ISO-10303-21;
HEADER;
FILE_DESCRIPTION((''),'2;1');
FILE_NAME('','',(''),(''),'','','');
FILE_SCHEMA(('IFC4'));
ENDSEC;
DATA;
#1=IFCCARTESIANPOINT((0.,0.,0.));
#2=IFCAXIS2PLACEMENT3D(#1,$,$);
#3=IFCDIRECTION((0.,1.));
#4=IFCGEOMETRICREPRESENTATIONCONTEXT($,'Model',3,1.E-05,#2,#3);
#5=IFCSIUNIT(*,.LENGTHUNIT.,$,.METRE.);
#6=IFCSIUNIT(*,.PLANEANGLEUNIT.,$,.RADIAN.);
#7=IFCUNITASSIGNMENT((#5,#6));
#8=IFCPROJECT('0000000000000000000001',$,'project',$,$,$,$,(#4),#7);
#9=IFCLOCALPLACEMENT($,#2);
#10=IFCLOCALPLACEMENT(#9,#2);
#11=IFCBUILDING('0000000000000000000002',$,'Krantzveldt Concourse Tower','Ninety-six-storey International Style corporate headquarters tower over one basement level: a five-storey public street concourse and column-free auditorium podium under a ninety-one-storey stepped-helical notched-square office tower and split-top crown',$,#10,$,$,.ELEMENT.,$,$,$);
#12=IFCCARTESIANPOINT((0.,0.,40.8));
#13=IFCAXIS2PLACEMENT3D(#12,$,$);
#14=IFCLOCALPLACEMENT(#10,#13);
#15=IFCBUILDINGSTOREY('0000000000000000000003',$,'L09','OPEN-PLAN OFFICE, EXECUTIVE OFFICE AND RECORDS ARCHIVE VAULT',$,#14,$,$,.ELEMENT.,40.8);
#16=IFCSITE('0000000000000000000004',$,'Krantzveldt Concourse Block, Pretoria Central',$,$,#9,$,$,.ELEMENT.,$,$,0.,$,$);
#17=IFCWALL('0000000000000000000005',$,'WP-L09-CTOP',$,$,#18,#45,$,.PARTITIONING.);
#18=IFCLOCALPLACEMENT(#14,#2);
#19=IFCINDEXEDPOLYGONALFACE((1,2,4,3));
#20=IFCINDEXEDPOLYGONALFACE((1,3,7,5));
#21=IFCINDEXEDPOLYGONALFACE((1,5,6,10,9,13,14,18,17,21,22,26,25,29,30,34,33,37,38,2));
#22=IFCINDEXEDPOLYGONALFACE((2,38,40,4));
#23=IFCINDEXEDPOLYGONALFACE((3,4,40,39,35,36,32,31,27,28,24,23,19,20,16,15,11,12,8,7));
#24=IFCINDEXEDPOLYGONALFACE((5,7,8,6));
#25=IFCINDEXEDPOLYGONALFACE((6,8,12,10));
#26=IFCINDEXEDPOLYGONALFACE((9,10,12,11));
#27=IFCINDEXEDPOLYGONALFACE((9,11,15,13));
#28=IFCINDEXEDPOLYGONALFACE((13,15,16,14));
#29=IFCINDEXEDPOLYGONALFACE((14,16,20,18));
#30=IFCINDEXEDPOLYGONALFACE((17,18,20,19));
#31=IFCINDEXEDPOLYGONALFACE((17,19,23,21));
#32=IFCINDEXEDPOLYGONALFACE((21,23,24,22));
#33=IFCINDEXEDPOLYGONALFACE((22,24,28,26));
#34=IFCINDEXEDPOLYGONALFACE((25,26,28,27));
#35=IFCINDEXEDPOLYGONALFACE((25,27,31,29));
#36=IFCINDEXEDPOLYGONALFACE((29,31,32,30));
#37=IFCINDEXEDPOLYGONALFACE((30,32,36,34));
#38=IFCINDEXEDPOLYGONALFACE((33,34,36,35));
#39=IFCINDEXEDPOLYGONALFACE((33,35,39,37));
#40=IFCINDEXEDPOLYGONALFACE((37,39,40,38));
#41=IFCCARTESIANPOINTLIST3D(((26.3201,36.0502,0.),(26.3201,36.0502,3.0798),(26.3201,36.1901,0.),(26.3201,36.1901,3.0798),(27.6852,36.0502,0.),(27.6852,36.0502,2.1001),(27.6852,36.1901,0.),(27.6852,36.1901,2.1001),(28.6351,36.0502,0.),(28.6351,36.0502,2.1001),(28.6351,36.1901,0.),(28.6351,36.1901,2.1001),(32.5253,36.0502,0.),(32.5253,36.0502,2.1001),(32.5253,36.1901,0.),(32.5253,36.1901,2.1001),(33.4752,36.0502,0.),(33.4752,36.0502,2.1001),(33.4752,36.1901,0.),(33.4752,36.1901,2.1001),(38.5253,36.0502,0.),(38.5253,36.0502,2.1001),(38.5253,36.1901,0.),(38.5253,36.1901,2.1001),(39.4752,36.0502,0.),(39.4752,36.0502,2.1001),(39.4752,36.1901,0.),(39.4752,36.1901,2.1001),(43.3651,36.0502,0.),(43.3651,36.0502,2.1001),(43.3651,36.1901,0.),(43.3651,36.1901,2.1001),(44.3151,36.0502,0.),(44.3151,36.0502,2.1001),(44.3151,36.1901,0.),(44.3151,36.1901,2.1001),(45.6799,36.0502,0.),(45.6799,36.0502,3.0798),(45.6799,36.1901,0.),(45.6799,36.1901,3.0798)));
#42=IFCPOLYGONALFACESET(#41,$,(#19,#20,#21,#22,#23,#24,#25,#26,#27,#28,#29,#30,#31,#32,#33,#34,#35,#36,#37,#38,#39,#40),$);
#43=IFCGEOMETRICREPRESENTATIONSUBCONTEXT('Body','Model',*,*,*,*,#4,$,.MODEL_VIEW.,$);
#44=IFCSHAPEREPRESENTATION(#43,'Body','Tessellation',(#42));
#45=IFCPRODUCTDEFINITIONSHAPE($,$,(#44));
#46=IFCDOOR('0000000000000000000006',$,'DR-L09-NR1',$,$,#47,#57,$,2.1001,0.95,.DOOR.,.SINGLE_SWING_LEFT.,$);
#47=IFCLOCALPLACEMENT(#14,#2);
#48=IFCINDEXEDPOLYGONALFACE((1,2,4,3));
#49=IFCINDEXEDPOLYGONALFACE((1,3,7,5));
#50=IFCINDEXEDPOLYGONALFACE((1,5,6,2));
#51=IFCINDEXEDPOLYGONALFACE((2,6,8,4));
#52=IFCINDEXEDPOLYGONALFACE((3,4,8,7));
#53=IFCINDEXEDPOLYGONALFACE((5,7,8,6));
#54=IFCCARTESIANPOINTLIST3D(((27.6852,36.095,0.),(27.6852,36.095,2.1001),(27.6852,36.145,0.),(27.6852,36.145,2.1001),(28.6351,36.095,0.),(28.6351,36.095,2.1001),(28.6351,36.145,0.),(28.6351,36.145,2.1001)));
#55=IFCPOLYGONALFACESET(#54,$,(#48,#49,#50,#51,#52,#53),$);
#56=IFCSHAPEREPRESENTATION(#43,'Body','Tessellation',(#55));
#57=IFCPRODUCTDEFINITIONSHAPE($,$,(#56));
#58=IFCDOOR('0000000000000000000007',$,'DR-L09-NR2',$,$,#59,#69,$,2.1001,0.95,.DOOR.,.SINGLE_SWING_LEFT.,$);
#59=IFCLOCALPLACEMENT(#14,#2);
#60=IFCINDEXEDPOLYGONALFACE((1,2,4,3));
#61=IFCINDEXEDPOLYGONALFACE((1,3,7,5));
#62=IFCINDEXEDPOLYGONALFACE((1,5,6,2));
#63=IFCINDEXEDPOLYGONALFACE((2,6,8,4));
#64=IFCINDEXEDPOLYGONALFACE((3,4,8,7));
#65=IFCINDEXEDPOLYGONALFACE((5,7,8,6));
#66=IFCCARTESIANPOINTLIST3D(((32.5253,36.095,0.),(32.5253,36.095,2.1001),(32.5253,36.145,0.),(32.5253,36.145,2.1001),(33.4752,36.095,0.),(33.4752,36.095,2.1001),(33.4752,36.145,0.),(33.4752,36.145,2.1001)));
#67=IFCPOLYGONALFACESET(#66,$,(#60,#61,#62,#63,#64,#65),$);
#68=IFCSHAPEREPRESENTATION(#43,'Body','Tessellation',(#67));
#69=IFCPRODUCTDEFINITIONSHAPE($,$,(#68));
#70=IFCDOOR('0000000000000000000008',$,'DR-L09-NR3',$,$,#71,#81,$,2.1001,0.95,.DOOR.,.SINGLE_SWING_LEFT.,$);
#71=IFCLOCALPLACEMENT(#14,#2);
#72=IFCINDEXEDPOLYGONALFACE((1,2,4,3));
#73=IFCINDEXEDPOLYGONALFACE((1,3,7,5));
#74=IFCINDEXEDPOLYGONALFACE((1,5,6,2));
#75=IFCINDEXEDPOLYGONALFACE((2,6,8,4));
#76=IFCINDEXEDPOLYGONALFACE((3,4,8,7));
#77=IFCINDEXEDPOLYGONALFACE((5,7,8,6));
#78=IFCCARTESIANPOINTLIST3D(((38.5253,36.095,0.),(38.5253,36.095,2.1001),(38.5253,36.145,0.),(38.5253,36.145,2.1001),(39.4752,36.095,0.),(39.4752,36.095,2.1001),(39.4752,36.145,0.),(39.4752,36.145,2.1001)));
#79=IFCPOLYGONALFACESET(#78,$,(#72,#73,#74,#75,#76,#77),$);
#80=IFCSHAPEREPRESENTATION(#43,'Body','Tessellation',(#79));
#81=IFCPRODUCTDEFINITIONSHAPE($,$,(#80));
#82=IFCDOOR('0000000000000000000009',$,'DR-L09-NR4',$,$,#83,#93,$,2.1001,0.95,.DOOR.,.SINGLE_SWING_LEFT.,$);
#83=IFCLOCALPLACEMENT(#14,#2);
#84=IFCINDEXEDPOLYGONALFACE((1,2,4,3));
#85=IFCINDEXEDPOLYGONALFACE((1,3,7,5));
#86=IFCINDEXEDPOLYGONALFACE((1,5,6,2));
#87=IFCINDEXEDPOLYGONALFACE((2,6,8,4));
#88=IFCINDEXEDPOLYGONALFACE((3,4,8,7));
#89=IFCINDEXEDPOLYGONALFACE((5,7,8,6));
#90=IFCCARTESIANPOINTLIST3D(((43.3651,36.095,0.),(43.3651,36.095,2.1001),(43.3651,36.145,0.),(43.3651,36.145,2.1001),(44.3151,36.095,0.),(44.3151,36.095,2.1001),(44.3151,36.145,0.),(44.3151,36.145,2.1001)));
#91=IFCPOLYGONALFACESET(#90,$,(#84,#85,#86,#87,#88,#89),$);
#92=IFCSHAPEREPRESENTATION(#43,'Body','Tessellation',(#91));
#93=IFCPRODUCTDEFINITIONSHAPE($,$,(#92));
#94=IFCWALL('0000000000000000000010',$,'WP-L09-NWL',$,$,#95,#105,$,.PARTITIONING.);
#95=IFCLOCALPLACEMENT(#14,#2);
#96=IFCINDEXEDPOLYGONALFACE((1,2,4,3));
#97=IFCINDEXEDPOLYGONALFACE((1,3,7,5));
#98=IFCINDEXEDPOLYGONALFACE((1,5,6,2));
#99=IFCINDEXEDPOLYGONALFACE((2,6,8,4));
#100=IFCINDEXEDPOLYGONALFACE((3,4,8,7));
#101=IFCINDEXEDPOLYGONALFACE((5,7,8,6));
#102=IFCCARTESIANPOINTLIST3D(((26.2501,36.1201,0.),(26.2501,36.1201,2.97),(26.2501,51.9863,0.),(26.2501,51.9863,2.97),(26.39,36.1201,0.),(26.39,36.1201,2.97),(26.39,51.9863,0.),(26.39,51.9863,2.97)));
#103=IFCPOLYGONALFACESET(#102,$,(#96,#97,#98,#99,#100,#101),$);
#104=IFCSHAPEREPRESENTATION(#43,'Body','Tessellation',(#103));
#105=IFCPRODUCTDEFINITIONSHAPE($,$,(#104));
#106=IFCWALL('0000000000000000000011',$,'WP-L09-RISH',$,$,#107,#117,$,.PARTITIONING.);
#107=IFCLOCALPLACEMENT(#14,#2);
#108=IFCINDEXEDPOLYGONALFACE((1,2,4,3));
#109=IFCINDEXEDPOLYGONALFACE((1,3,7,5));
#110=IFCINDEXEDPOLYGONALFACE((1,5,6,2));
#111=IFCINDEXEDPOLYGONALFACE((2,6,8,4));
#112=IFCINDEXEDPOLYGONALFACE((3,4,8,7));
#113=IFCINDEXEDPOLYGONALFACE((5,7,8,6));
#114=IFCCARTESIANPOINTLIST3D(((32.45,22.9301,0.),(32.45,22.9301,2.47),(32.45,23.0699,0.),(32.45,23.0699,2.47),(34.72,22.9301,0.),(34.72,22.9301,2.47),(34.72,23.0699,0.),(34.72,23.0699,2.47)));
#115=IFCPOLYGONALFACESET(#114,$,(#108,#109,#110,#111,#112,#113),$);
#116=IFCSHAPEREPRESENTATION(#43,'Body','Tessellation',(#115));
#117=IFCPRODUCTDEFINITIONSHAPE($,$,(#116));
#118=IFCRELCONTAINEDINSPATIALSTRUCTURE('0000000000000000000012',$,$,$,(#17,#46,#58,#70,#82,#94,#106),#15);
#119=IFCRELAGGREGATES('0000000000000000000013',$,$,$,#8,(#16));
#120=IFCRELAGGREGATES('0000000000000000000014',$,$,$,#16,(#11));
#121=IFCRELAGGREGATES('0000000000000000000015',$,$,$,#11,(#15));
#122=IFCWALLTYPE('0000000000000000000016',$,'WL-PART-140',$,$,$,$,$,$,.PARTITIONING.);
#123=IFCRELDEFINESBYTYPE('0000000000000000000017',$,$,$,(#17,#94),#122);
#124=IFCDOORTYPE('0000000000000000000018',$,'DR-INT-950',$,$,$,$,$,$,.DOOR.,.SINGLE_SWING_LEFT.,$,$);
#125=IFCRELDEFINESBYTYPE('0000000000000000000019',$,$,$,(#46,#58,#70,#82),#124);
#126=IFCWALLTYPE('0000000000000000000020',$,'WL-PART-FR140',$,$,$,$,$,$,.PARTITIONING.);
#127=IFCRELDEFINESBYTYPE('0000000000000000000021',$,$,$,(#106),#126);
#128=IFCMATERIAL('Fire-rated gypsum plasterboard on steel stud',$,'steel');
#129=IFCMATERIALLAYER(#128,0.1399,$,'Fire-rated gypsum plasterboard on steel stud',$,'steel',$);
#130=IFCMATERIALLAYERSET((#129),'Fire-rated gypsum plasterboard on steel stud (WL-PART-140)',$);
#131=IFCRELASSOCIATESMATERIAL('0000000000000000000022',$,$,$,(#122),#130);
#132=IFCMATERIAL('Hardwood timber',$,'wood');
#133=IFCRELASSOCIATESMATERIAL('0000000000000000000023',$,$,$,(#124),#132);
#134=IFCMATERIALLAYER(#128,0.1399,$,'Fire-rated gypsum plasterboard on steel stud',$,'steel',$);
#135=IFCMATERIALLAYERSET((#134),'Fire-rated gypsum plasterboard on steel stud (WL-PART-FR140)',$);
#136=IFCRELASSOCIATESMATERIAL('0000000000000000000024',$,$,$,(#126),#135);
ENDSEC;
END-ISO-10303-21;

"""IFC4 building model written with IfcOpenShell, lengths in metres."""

from ifc_helpers import new_model, si_unit, direction, frame, frame_2d, origin, place, context, subcontext, project, spatial, rectangle, extrude, material, layer, layer_set, type_object, element, fill, save


model = new_model("IFC4")

# Units and contexts
model_context = context("Model", 3, precision=1e-05, world=origin(), true_north=direction((0.0, 1.0)))
body_context = subcontext(model_context, "Body", "Model", "MODEL_VIEW")
ifc_project = project(units=[si_unit("LENGTHUNIT", "METRE"), si_unit("PLANEANGLEUNIT", "RADIAN")], contexts=[model_context])

# Site, building, storey
site_placement = place(None, origin())
site = spatial("IfcSite", under=ifc_project, at=site_placement, Name="Krantzveldt Concourse Block, Pretoria Central", CompositionType="ELEMENT", RefElevation=0.0)
building_placement = place(site_placement, origin())
building = spatial("IfcBuilding", under=site, at=building_placement, Name="Krantzveldt Concourse Tower", Description="Ninety-six-storey International Style corporate headquarters tower over one basement level: a five-storey public street concourse and column-free auditorium podium under a ninety-one-storey stepped-helical notched-square office tower and split-top crown", CompositionType="ELEMENT")
storey_placement = place(building_placement, frame((0.0, 0.0, 40.8)))
storey = spatial("IfcBuildingStorey", under=building, at=storey_placement, Name="L09", Description="OPEN-PLAN OFFICE, EXECUTIVE OFFICE AND RECORDS ARCHIVE VAULT", CompositionType="ELEMENT", Elevation=40.8)

# Shared definitions
ifc_material_1 = material(Name="Fire-rated gypsum plasterboard on steel stud", Category="steel")

# Shared definitions
ifc_layer_1 = layer(ifc_material_1, 0.1399, Name="Fire-rated gypsum plasterboard on steel stud", Category="steel")
ifc_layer_set_1 = layer_set([ifc_layer_1], Name="Fire-rated gypsum plasterboard on steel stud (WL-PART-140)")
wall_type_1 = type_object("IfcWallType", Name="WL-PART-140", PredefinedType="PARTITIONING", material=ifc_layer_set_1)
ifc_material_2 = material(Name="Hardwood timber", Category="wood")

# Shared definitions
door_type_1 = type_object("IfcDoorType", Name="DR-INT-950", OperationType="SINGLE_SWING_LEFT", PredefinedType="DOOR", material=ifc_material_2)

# Wall, openings, doors
wall_1_placement = place(storey_placement, frame((26.3201, 36.1201, 0.0), z_axis=(0.0, 0.0, 1.0), x_axis=(1.0, 0.0, 0.0)))
wall_1 = element("IfcWall", 1, at=wall_1_placement, inside=storey, type_object=wall_type_1, Name="WP-L09-CTOP", PredefinedType="PARTITIONING", context=body_context, shape_type="SweptSolid", body=[
    extrude(rectangle(XDim=19.3599, YDim=0.1399, at=frame_2d((9.6799, 0.0))), origin(), (0.0, 0.0, 1.0), 3.0798),
])
opening_1_placement = place(wall_1_placement, frame((1.365, 0.0, 0.0)))
opening_1 = element("IfcOpeningElement", 2, at=opening_1_placement, cuts=wall_1, PredefinedType="OPENING", context=body_context, shape_type="SweptSolid", body=[
    extrude(rectangle(XDim=0.95, YDim=2.1001, at=frame_2d((0.4751, 1.05))), frame((0.0, 0.0801, 0.0), z_axis=(0.0, -1.0, 0.0), x_axis=(1.0, 0.0, 0.0)), (0.0, 0.0, 1.0), 0.1599),
])
opening_2_placement = place(wall_1_placement, frame((6.2051, 0.0, 0.0)))
opening_2 = element("IfcOpeningElement", 3, at=opening_2_placement, cuts=wall_1, PredefinedType="OPENING", context=body_context, shape_type="SweptSolid", body=[
    extrude(rectangle(XDim=0.95, YDim=2.1001, at=frame_2d((0.4751, 1.05))), frame((0.0, 0.0801, 0.0), z_axis=(0.0, -1.0, 0.0), x_axis=(1.0, 0.0, 0.0)), (0.0, 0.0, 1.0), 0.1599),
])
opening_3_placement = place(wall_1_placement, frame((12.2051, 0.0, 0.0)))
opening_3 = element("IfcOpeningElement", 4, at=opening_3_placement, cuts=wall_1, PredefinedType="OPENING", context=body_context, shape_type="SweptSolid", body=[
    extrude(rectangle(XDim=0.95, YDim=2.1001, at=frame_2d((0.4751, 1.05))), frame((0.0, 0.0801, 0.0), z_axis=(0.0, -1.0, 0.0), x_axis=(1.0, 0.0, 0.0)), (0.0, 0.0, 1.0), 0.1599),
])
opening_4_placement = place(wall_1_placement, frame((17.0449, 0.0, 0.0)))
opening_4 = element("IfcOpeningElement", 5, at=opening_4_placement, cuts=wall_1, PredefinedType="OPENING", context=body_context, shape_type="SweptSolid", body=[
    extrude(rectangle(XDim=0.95, YDim=2.1001, at=frame_2d((0.4751, 1.05))), frame((0.0, 0.0801, 0.0), z_axis=(0.0, -1.0, 0.0), x_axis=(1.0, 0.0, 0.0)), (0.0, 0.0, 1.0), 0.1599),
])
door_1_placement = place(opening_1_placement, origin())
door_1 = element("IfcDoor", 6, at=door_1_placement, inside=storey, type_object=door_type_1, Name="DR-L09-NR1", OperationType="SINGLE_SWING_LEFT", OverallHeight=2.1001, OverallWidth=0.95, PredefinedType="DOOR", context=body_context, shape_type="SweptSolid", body=[
    extrude(rectangle(XDim=0.95, YDim=2.1001, at=frame_2d((0.4751, 1.05))), frame((0.0, 0.0249, 0.0), z_axis=(0.0, -1.0, 0.0), x_axis=(1.0, 0.0, 0.0)), (0.0, 0.0, 1.0), 0.05),
])
fill(opening_1, door_1)
door_2_placement = place(opening_2_placement, origin())
door_2 = element("IfcDoor", 7, at=door_2_placement, inside=storey, type_object=door_type_1, Name="DR-L09-NR2", OperationType="SINGLE_SWING_LEFT", OverallHeight=2.1001, OverallWidth=0.95, PredefinedType="DOOR", context=body_context, shape_type="SweptSolid", body=[
    extrude(rectangle(XDim=0.95, YDim=2.1001, at=frame_2d((0.4751, 1.05))), frame((0.0, 0.0249, 0.0), z_axis=(0.0, -1.0, 0.0), x_axis=(1.0, 0.0, 0.0)), (0.0, 0.0, 1.0), 0.05),
])
fill(opening_2, door_2)
door_3_placement = place(opening_3_placement, origin())
door_3 = element("IfcDoor", 8, at=door_3_placement, inside=storey, type_object=door_type_1, Name="DR-L09-NR3", OperationType="SINGLE_SWING_LEFT", OverallHeight=2.1001, OverallWidth=0.95, PredefinedType="DOOR", context=body_context, shape_type="SweptSolid", body=[
    extrude(rectangle(XDim=0.95, YDim=2.1001, at=frame_2d((0.4751, 1.05))), frame((0.0, 0.0249, 0.0), z_axis=(0.0, -1.0, 0.0), x_axis=(1.0, 0.0, 0.0)), (0.0, 0.0, 1.0), 0.05),
])
fill(opening_3, door_3)
door_4_placement = place(opening_4_placement, origin())
door_4 = element("IfcDoor", 9, at=door_4_placement, inside=storey, type_object=door_type_1, Name="DR-L09-NR4", OperationType="SINGLE_SWING_LEFT", OverallHeight=2.1001, OverallWidth=0.95, PredefinedType="DOOR", context=body_context, shape_type="SweptSolid", body=[
    extrude(rectangle(XDim=0.95, YDim=2.1001, at=frame_2d((0.4751, 1.05))), frame((0.0, 0.0249, 0.0), z_axis=(0.0, -1.0, 0.0), x_axis=(1.0, 0.0, 0.0)), (0.0, 0.0, 1.0), 0.05),
])
fill(opening_4, door_4)

# Walls
wall_2_placement = place(storey_placement, frame((26.3201, 36.1201, 0.0), z_axis=(0.0, 0.0, 1.0), x_axis=(0.0, 1.0, 0.0)))
element("IfcWall", 10, at=wall_2_placement, inside=storey, type_object=wall_type_1, Name="WP-L09-NWL", PredefinedType="PARTITIONING", context=body_context, shape_type="SweptSolid", body=[
    extrude(rectangle(XDim=15.8662, YDim=0.1399, at=frame_2d((7.9331, 0.0))), origin(), (0.0, 0.0, 1.0), 2.97),
])
ifc_layer_2 = layer(ifc_material_1, 0.1399, Name="Fire-rated gypsum plasterboard on steel stud", Category="steel")
ifc_layer_set_2 = layer_set([ifc_layer_2], Name="Fire-rated gypsum plasterboard on steel stud (WL-PART-FR140)")
wall_type_2 = type_object("IfcWallType", Name="WL-PART-FR140", PredefinedType="PARTITIONING", material=ifc_layer_set_2)
wall_3_placement = place(storey_placement, frame((32.45, 23.0, 0.0), z_axis=(0.0, 0.0, 1.0), x_axis=(1.0, 0.0, 0.0)))
element("IfcWall", 11, at=wall_3_placement, inside=storey, type_object=wall_type_2, Name="WP-L09-RISH", PredefinedType="PARTITIONING", context=body_context, shape_type="SweptSolid", body=[
    extrude(rectangle(XDim=2.27, YDim=0.1399, at=frame_2d((1.135, 0.0))), origin(), (0.0, 0.0, 1.0), 2.47),
])

save(model, "model.ifc")
